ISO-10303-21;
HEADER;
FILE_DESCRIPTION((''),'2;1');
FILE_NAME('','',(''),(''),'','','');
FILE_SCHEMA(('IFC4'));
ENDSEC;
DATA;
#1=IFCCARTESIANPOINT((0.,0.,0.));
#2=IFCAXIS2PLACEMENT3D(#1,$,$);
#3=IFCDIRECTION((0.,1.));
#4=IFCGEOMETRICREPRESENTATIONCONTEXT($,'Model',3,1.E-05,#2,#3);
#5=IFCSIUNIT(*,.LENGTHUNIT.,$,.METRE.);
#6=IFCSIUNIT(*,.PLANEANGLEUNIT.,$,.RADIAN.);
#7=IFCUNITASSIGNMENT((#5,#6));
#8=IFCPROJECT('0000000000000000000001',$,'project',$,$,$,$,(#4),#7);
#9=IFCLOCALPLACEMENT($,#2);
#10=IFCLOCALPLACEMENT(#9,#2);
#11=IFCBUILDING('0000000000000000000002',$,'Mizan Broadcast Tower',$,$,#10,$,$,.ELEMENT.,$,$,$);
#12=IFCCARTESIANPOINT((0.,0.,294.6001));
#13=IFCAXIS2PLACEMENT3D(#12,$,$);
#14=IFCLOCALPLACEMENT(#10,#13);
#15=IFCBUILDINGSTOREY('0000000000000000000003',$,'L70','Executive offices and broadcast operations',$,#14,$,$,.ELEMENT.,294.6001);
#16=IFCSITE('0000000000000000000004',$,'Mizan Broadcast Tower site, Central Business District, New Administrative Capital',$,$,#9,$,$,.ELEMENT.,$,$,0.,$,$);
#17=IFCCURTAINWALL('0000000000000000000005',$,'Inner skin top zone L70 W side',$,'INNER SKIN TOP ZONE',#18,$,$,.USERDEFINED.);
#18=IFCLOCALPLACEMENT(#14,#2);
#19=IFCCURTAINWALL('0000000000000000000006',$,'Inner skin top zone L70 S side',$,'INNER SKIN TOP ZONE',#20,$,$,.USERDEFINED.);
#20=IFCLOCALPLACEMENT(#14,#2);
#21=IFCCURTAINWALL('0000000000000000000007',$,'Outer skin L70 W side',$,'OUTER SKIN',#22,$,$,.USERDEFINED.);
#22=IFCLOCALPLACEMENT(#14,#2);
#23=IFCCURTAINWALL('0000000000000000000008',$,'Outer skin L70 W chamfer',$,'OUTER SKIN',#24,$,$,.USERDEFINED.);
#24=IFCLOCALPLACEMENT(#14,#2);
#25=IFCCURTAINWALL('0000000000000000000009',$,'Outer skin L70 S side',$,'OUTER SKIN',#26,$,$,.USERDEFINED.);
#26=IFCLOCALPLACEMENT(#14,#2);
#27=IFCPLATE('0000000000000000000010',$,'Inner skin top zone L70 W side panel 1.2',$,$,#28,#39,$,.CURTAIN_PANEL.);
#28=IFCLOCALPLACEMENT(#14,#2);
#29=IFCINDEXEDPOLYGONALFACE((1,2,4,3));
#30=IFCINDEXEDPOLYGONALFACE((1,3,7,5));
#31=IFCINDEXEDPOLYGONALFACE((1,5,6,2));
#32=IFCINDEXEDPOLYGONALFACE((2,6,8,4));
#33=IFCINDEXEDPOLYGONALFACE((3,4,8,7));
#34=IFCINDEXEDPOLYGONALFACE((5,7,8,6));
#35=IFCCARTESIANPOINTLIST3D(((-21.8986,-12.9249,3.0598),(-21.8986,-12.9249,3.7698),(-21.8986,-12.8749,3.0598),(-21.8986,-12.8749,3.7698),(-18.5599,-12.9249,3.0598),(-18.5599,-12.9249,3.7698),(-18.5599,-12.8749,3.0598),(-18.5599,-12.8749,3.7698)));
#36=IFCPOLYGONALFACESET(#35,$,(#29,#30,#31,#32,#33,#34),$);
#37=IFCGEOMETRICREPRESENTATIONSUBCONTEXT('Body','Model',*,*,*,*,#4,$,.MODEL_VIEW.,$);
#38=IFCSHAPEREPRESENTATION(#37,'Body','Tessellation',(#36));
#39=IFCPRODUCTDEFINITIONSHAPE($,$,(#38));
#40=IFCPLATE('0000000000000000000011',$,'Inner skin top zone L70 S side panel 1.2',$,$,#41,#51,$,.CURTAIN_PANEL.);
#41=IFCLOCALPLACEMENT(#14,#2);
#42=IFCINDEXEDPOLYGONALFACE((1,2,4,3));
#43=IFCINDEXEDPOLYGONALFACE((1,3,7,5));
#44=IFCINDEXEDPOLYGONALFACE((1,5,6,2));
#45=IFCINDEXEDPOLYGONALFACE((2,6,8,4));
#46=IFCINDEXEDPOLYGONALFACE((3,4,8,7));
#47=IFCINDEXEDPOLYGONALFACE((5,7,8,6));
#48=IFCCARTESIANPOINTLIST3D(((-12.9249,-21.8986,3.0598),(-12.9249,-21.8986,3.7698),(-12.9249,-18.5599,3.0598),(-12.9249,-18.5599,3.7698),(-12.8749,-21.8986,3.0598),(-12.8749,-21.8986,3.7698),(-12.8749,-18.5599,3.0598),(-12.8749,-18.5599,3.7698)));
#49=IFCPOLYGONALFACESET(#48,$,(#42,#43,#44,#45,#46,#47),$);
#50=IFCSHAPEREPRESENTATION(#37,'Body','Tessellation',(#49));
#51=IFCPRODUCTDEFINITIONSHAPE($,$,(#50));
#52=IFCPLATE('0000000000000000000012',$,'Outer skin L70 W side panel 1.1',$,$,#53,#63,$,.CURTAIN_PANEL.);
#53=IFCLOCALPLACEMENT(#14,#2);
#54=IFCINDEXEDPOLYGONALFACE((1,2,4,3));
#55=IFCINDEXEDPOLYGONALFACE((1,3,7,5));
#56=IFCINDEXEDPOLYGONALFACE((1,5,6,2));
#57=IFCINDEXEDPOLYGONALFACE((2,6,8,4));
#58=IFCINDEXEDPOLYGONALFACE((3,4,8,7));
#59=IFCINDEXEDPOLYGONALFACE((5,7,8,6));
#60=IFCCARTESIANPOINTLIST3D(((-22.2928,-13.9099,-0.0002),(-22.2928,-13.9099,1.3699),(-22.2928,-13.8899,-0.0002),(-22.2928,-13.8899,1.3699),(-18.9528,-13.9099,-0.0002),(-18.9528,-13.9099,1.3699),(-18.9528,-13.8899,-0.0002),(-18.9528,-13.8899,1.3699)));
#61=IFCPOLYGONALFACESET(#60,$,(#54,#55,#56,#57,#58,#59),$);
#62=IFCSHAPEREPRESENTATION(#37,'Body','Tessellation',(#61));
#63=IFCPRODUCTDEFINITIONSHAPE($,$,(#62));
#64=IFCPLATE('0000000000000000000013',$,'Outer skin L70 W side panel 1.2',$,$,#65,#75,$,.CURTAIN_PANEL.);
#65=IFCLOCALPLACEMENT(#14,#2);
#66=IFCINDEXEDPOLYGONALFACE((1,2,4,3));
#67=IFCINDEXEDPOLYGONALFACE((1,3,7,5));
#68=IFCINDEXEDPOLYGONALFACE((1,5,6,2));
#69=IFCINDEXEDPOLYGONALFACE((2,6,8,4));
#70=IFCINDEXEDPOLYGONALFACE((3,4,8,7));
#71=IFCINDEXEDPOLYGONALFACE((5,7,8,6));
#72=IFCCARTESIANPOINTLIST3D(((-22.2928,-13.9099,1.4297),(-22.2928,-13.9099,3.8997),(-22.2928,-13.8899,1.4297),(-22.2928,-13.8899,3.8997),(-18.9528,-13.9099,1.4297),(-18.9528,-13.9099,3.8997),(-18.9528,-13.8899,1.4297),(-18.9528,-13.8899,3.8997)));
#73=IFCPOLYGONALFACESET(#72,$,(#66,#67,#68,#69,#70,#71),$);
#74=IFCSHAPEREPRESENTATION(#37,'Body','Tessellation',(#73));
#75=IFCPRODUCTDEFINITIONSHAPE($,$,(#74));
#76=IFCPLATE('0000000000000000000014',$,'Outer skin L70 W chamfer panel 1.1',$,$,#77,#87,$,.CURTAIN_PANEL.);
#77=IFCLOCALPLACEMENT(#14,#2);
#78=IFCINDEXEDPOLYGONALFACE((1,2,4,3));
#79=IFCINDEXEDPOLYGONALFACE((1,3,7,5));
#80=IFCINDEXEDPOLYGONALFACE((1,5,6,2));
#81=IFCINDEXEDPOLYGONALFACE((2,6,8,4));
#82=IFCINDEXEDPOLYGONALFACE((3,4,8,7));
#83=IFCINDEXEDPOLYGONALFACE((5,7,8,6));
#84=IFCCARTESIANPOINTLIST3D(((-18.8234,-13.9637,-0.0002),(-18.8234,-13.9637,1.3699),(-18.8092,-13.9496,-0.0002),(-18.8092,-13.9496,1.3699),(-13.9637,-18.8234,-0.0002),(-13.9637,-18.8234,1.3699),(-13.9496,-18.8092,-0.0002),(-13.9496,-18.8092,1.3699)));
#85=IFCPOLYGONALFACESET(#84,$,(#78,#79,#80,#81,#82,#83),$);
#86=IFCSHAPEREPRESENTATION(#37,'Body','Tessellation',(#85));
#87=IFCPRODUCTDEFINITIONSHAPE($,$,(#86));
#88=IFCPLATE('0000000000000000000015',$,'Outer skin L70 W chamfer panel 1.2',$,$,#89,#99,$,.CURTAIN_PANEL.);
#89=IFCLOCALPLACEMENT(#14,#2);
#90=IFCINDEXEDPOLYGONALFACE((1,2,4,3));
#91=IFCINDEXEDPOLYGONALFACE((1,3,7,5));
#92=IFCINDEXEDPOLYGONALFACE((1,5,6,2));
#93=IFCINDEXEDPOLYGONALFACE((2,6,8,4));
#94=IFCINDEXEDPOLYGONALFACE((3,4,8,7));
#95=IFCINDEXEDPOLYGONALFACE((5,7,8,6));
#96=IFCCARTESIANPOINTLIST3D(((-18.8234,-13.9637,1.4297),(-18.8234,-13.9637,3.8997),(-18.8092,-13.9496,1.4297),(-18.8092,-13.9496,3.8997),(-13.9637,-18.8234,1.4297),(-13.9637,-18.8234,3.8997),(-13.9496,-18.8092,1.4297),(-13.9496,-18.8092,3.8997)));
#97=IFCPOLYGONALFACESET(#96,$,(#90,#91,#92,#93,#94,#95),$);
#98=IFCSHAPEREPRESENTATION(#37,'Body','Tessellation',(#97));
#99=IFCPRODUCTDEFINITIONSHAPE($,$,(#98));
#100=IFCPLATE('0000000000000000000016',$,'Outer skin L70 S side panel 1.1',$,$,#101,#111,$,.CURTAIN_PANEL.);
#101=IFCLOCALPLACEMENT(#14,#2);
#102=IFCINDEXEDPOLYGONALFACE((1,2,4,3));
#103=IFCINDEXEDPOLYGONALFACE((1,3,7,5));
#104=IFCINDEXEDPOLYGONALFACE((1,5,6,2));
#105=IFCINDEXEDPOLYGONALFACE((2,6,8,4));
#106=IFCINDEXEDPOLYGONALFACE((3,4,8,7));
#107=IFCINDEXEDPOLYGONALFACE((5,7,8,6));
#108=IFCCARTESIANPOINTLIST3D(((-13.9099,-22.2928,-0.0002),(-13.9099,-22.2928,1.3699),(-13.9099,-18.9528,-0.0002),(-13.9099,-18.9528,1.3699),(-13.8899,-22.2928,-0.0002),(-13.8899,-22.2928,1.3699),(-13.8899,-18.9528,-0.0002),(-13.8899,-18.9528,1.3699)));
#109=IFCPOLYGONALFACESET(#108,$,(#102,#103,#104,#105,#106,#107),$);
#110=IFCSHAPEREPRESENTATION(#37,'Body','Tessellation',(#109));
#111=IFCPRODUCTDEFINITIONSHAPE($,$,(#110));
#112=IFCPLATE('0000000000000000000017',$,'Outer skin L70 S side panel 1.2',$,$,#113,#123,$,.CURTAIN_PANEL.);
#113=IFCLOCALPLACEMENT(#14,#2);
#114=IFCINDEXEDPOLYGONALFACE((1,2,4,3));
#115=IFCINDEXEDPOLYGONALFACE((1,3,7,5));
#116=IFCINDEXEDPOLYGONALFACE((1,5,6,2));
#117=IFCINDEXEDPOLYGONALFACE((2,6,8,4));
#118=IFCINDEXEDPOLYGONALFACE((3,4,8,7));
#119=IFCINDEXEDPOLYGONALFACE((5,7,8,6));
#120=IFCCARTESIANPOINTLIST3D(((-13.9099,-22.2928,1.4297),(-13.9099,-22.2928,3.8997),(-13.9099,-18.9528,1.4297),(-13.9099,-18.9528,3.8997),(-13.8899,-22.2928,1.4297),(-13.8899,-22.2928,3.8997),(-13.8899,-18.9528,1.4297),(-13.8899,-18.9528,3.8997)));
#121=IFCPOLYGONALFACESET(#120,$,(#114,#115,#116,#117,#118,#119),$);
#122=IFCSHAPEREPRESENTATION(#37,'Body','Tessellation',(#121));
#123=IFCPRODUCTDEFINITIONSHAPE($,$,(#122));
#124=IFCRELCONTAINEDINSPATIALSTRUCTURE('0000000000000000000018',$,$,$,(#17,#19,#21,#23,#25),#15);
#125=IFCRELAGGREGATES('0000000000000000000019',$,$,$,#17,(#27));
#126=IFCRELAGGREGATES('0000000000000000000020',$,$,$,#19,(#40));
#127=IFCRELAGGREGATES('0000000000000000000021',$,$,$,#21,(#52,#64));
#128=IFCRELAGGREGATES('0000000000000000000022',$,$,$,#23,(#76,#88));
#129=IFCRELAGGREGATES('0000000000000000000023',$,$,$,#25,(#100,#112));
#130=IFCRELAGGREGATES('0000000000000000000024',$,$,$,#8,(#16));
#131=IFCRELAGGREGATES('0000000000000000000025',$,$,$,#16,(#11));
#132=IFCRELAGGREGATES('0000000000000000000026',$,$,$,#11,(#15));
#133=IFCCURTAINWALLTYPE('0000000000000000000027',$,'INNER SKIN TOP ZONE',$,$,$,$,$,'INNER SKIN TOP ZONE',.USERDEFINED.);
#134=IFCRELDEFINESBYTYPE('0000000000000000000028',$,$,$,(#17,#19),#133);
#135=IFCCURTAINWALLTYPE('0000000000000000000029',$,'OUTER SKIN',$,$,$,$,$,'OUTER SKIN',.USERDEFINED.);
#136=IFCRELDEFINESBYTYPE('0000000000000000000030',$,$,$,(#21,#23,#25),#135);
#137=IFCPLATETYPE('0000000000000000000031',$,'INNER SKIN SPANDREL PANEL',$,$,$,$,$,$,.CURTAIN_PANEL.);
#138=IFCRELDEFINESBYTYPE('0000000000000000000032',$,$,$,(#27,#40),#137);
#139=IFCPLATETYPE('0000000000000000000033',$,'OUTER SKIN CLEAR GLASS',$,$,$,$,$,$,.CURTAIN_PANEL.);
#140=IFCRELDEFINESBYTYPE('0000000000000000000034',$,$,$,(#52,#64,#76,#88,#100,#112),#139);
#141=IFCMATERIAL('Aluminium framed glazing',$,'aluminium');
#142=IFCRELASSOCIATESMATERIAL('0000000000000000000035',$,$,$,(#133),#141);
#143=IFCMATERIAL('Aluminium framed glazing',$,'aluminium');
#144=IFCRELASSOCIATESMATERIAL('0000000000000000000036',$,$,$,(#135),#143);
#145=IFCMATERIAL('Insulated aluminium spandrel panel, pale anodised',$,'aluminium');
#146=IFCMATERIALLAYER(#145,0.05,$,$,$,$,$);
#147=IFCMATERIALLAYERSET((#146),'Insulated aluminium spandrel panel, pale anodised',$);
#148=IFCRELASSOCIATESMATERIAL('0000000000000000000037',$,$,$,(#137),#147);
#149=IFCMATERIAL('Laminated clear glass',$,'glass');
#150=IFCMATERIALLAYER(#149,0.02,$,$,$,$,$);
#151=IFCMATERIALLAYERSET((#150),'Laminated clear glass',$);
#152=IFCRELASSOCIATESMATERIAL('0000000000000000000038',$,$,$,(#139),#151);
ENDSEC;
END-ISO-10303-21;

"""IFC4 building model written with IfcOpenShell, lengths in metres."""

from ifc_helpers import new_model, si_unit, direction, frame, origin, origin_2d, place, context, subcontext, project, spatial, rectangle, extrude, material, layer, layer_set, type_object, element, aggregate, save


model = new_model("IFC4")

# Units and contexts
model_context = context("Model", 3, precision=1e-05, world=origin(), true_north=direction((0.0, 1.0)))
body_context = subcontext(model_context, "Body", "Model", "MODEL_VIEW")
ifc_project = project(units=[si_unit("LENGTHUNIT", "METRE"), si_unit("PLANEANGLEUNIT", "RADIAN")], contexts=[model_context])

# Site, building, storey
site_placement = place(None, origin())
site = spatial("IfcSite", under=ifc_project, at=site_placement, Name="Mizan Broadcast Tower site, Central Business District, New Administrative Capital", CompositionType="ELEMENT", RefElevation=0.0)
building_placement = place(site_placement, origin())
building = spatial("IfcBuilding", under=site, at=building_placement, Name="Mizan Broadcast Tower", CompositionType="ELEMENT")
storey_placement = place(building_placement, frame((0.0, 0.0, 294.6001)))
storey = spatial("IfcBuildingStorey", under=building, at=storey_placement, Name="L70", Description="Executive offices and broadcast operations", CompositionType="ELEMENT", Elevation=294.6001)

# Curtain walls
ifc_material_1 = material(Name="Aluminium framed glazing", Category="aluminium")
curtain_wall_type_1 = type_object("IfcCurtainWallType", Name="INNER SKIN TOP ZONE", ElementType="INNER SKIN TOP ZONE", PredefinedType="USERDEFINED", material=ifc_material_1)
curtain_wall_1_placement = place(storey_placement, origin())
curtain_wall_1 = element("IfcCurtainWall", 1, at=curtain_wall_1_placement, inside=storey, type_object=curtain_wall_type_1, Name="Inner skin top zone L70 W side", ObjectType="INNER SKIN TOP ZONE", PredefinedType="USERDEFINED")
curtain_wall_2_placement = place(storey_placement, origin())
curtain_wall_2 = element("IfcCurtainWall", 2, at=curtain_wall_2_placement, inside=storey, type_object=curtain_wall_type_1, Name="Inner skin top zone L70 S side", ObjectType="INNER SKIN TOP ZONE", PredefinedType="USERDEFINED")

# Curtain walls
ifc_material_2 = material(Name="Aluminium framed glazing", Category="aluminium")
curtain_wall_type_2 = type_object("IfcCurtainWallType", Name="OUTER SKIN", ElementType="OUTER SKIN", PredefinedType="USERDEFINED", material=ifc_material_2)
curtain_wall_3_placement = place(storey_placement, origin())
curtain_wall_3 = element("IfcCurtainWall", 3, at=curtain_wall_3_placement, inside=storey, type_object=curtain_wall_type_2, Name="Outer skin L70 W side", ObjectType="OUTER SKIN", PredefinedType="USERDEFINED")
curtain_wall_4_placement = place(storey_placement, origin())
curtain_wall_4 = element("IfcCurtainWall", 4, at=curtain_wall_4_placement, inside=storey, type_object=curtain_wall_type_2, Name="Outer skin L70 W chamfer", ObjectType="OUTER SKIN", PredefinedType="USERDEFINED")
curtain_wall_5_placement = place(storey_placement, origin())
curtain_wall_5 = element("IfcCurtainWall", 5, at=curtain_wall_5_placement, inside=storey, type_object=curtain_wall_type_2, Name="Outer skin L70 S side", ObjectType="OUTER SKIN", PredefinedType="USERDEFINED")

# Plates
ifc_material_3 = material(Name="Insulated aluminium spandrel panel, pale anodised", Category="aluminium")
ifc_layer_1 = layer(ifc_material_3, 0.05)
ifc_layer_set_1 = layer_set([ifc_layer_1], Name="Insulated aluminium spandrel panel, pale anodised")
plate_type_1 = type_object("IfcPlateType", Name="INNER SKIN SPANDREL PANEL", PredefinedType="CURTAIN_PANEL", material=ifc_layer_set_1)
plate_1_placement = place(storey_placement, frame((-20.2292, -12.8999, 3.0598), z_axis=(0.0, 0.0, 1.0), x_axis=(1.0, 0.0, 0.0)))
plate_1 = element("IfcPlate", 6, at=plate_1_placement, type_object=plate_type_1, Name="Inner skin top zone L70 W side panel 1.2", PredefinedType="CURTAIN_PANEL", context=body_context, shape_type="SweptSolid", body=[
    extrude(rectangle(XDim=3.3386, YDim=0.05, at=origin_2d()), origin(), (0.0, 0.0, 1.0), 0.71),
])
aggregate(curtain_wall_1, [plate_1])
plate_2_placement = place(storey_placement, frame((-12.8999, -20.2292, 3.0598), z_axis=(0.0, 0.0, 1.0), x_axis=(0.0, -1.0, 0.0)))
plate_2 = element("IfcPlate", 7, at=plate_2_placement, type_object=plate_type_1, Name="Inner skin top zone L70 S side panel 1.2", PredefinedType="CURTAIN_PANEL", context=body_context, shape_type="SweptSolid", body=[
    extrude(rectangle(XDim=3.3386, YDim=0.05, at=origin_2d()), origin(), (0.0, 0.0, 1.0), 0.71),
])
aggregate(curtain_wall_2, [plate_2])
ifc_material_4 = material(Name="Laminated clear glass", Category="glass")
ifc_layer_2 = layer(ifc_material_4, 0.02)
ifc_layer_set_2 = layer_set([ifc_layer_2], Name="Laminated clear glass")
plate_type_2 = type_object("IfcPlateType", Name="OUTER SKIN CLEAR GLASS", PredefinedType="CURTAIN_PANEL", material=ifc_layer_set_2)
plate_3_placement = place(storey_placement, frame((-20.6228, -13.8999, -0.0002), z_axis=(0.0, 0.0, 1.0), x_axis=(1.0, 0.0, 0.0)))
plate_3 = element("IfcPlate", 8, at=plate_3_placement, type_object=plate_type_2, Name="Outer skin L70 W side panel 1.1", PredefinedType="CURTAIN_PANEL", context=body_context, shape_type="SweptSolid", body=[
    extrude(rectangle(XDim=3.3401, YDim=0.02, at=origin_2d()), origin(), (0.0, 0.0, 1.0), 1.3701),
])
plate_4_placement = place(storey_placement, frame((-20.6228, -13.8999, 1.4297), z_axis=(0.0, 0.0, 1.0), x_axis=(1.0, 0.0, 0.0)))
plate_4 = element("IfcPlate", 9, at=plate_4_placement, type_object=plate_type_2, Name="Outer skin L70 W side panel 1.2", PredefinedType="CURTAIN_PANEL", context=body_context, shape_type="SweptSolid", body=[
    extrude(rectangle(XDim=3.3401, YDim=0.02, at=origin_2d()), origin(), (0.0, 0.0, 1.0), 2.47),
])
aggregate(curtain_wall_3, [plate_3, plate_4])
plate_5_placement = place(storey_placement, frame((-16.3865, -16.3865, -0.0002), z_axis=(0.0, 0.0, 1.0), x_axis=(0.707107, -0.707107, 0.0)))
plate_5 = element("IfcPlate", 10, at=plate_5_placement, type_object=plate_type_2, Name="Outer skin L70 W chamfer panel 1.1", PredefinedType="CURTAIN_PANEL", context=body_context, shape_type="SweptSolid", body=[
    extrude(rectangle(XDim=6.8726, YDim=0.02, at=origin_2d()), origin(), (0.0, 0.0, 1.0), 1.3701),
])
plate_6_placement = place(storey_placement, frame((-16.3865, -16.3865, 1.4297), z_axis=(0.0, 0.0, 1.0), x_axis=(0.707107, -0.707107, 0.0)))
plate_6 = element("IfcPlate", 11, at=plate_6_placement, type_object=plate_type_2, Name="Outer skin L70 W chamfer panel 1.2", PredefinedType="CURTAIN_PANEL", context=body_context, shape_type="SweptSolid", body=[
    extrude(rectangle(XDim=6.8726, YDim=0.02, at=origin_2d()), origin(), (0.0, 0.0, 1.0), 2.47),
])
aggregate(curtain_wall_4, [plate_5, plate_6])
plate_7_placement = place(storey_placement, frame((-13.8999, -20.6228, -0.0002), z_axis=(0.0, 0.0, 1.0), x_axis=(0.0, -1.0, 0.0)))
plate_7 = element("IfcPlate", 12, at=plate_7_placement, type_object=plate_type_2, Name="Outer skin L70 S side panel 1.1", PredefinedType="CURTAIN_PANEL", context=body_context, shape_type="SweptSolid", body=[
    extrude(rectangle(XDim=3.3401, YDim=0.02, at=origin_2d()), origin(), (0.0, 0.0, 1.0), 1.3701),
])
plate_8_placement = place(storey_placement, frame((-13.8999, -20.6228, 1.4297), z_axis=(0.0, 0.0, 1.0), x_axis=(0.0, -1.0, 0.0)))
plate_8 = element("IfcPlate", 13, at=plate_8_placement, type_object=plate_type_2, Name="Outer skin L70 S side panel 1.2", PredefinedType="CURTAIN_PANEL", context=body_context, shape_type="SweptSolid", body=[
    extrude(rectangle(XDim=3.3401, YDim=0.02, at=origin_2d()), origin(), (0.0, 0.0, 1.0), 2.47),
])
aggregate(curtain_wall_5, [plate_7, plate_8])

save(model, "model.ifc")
